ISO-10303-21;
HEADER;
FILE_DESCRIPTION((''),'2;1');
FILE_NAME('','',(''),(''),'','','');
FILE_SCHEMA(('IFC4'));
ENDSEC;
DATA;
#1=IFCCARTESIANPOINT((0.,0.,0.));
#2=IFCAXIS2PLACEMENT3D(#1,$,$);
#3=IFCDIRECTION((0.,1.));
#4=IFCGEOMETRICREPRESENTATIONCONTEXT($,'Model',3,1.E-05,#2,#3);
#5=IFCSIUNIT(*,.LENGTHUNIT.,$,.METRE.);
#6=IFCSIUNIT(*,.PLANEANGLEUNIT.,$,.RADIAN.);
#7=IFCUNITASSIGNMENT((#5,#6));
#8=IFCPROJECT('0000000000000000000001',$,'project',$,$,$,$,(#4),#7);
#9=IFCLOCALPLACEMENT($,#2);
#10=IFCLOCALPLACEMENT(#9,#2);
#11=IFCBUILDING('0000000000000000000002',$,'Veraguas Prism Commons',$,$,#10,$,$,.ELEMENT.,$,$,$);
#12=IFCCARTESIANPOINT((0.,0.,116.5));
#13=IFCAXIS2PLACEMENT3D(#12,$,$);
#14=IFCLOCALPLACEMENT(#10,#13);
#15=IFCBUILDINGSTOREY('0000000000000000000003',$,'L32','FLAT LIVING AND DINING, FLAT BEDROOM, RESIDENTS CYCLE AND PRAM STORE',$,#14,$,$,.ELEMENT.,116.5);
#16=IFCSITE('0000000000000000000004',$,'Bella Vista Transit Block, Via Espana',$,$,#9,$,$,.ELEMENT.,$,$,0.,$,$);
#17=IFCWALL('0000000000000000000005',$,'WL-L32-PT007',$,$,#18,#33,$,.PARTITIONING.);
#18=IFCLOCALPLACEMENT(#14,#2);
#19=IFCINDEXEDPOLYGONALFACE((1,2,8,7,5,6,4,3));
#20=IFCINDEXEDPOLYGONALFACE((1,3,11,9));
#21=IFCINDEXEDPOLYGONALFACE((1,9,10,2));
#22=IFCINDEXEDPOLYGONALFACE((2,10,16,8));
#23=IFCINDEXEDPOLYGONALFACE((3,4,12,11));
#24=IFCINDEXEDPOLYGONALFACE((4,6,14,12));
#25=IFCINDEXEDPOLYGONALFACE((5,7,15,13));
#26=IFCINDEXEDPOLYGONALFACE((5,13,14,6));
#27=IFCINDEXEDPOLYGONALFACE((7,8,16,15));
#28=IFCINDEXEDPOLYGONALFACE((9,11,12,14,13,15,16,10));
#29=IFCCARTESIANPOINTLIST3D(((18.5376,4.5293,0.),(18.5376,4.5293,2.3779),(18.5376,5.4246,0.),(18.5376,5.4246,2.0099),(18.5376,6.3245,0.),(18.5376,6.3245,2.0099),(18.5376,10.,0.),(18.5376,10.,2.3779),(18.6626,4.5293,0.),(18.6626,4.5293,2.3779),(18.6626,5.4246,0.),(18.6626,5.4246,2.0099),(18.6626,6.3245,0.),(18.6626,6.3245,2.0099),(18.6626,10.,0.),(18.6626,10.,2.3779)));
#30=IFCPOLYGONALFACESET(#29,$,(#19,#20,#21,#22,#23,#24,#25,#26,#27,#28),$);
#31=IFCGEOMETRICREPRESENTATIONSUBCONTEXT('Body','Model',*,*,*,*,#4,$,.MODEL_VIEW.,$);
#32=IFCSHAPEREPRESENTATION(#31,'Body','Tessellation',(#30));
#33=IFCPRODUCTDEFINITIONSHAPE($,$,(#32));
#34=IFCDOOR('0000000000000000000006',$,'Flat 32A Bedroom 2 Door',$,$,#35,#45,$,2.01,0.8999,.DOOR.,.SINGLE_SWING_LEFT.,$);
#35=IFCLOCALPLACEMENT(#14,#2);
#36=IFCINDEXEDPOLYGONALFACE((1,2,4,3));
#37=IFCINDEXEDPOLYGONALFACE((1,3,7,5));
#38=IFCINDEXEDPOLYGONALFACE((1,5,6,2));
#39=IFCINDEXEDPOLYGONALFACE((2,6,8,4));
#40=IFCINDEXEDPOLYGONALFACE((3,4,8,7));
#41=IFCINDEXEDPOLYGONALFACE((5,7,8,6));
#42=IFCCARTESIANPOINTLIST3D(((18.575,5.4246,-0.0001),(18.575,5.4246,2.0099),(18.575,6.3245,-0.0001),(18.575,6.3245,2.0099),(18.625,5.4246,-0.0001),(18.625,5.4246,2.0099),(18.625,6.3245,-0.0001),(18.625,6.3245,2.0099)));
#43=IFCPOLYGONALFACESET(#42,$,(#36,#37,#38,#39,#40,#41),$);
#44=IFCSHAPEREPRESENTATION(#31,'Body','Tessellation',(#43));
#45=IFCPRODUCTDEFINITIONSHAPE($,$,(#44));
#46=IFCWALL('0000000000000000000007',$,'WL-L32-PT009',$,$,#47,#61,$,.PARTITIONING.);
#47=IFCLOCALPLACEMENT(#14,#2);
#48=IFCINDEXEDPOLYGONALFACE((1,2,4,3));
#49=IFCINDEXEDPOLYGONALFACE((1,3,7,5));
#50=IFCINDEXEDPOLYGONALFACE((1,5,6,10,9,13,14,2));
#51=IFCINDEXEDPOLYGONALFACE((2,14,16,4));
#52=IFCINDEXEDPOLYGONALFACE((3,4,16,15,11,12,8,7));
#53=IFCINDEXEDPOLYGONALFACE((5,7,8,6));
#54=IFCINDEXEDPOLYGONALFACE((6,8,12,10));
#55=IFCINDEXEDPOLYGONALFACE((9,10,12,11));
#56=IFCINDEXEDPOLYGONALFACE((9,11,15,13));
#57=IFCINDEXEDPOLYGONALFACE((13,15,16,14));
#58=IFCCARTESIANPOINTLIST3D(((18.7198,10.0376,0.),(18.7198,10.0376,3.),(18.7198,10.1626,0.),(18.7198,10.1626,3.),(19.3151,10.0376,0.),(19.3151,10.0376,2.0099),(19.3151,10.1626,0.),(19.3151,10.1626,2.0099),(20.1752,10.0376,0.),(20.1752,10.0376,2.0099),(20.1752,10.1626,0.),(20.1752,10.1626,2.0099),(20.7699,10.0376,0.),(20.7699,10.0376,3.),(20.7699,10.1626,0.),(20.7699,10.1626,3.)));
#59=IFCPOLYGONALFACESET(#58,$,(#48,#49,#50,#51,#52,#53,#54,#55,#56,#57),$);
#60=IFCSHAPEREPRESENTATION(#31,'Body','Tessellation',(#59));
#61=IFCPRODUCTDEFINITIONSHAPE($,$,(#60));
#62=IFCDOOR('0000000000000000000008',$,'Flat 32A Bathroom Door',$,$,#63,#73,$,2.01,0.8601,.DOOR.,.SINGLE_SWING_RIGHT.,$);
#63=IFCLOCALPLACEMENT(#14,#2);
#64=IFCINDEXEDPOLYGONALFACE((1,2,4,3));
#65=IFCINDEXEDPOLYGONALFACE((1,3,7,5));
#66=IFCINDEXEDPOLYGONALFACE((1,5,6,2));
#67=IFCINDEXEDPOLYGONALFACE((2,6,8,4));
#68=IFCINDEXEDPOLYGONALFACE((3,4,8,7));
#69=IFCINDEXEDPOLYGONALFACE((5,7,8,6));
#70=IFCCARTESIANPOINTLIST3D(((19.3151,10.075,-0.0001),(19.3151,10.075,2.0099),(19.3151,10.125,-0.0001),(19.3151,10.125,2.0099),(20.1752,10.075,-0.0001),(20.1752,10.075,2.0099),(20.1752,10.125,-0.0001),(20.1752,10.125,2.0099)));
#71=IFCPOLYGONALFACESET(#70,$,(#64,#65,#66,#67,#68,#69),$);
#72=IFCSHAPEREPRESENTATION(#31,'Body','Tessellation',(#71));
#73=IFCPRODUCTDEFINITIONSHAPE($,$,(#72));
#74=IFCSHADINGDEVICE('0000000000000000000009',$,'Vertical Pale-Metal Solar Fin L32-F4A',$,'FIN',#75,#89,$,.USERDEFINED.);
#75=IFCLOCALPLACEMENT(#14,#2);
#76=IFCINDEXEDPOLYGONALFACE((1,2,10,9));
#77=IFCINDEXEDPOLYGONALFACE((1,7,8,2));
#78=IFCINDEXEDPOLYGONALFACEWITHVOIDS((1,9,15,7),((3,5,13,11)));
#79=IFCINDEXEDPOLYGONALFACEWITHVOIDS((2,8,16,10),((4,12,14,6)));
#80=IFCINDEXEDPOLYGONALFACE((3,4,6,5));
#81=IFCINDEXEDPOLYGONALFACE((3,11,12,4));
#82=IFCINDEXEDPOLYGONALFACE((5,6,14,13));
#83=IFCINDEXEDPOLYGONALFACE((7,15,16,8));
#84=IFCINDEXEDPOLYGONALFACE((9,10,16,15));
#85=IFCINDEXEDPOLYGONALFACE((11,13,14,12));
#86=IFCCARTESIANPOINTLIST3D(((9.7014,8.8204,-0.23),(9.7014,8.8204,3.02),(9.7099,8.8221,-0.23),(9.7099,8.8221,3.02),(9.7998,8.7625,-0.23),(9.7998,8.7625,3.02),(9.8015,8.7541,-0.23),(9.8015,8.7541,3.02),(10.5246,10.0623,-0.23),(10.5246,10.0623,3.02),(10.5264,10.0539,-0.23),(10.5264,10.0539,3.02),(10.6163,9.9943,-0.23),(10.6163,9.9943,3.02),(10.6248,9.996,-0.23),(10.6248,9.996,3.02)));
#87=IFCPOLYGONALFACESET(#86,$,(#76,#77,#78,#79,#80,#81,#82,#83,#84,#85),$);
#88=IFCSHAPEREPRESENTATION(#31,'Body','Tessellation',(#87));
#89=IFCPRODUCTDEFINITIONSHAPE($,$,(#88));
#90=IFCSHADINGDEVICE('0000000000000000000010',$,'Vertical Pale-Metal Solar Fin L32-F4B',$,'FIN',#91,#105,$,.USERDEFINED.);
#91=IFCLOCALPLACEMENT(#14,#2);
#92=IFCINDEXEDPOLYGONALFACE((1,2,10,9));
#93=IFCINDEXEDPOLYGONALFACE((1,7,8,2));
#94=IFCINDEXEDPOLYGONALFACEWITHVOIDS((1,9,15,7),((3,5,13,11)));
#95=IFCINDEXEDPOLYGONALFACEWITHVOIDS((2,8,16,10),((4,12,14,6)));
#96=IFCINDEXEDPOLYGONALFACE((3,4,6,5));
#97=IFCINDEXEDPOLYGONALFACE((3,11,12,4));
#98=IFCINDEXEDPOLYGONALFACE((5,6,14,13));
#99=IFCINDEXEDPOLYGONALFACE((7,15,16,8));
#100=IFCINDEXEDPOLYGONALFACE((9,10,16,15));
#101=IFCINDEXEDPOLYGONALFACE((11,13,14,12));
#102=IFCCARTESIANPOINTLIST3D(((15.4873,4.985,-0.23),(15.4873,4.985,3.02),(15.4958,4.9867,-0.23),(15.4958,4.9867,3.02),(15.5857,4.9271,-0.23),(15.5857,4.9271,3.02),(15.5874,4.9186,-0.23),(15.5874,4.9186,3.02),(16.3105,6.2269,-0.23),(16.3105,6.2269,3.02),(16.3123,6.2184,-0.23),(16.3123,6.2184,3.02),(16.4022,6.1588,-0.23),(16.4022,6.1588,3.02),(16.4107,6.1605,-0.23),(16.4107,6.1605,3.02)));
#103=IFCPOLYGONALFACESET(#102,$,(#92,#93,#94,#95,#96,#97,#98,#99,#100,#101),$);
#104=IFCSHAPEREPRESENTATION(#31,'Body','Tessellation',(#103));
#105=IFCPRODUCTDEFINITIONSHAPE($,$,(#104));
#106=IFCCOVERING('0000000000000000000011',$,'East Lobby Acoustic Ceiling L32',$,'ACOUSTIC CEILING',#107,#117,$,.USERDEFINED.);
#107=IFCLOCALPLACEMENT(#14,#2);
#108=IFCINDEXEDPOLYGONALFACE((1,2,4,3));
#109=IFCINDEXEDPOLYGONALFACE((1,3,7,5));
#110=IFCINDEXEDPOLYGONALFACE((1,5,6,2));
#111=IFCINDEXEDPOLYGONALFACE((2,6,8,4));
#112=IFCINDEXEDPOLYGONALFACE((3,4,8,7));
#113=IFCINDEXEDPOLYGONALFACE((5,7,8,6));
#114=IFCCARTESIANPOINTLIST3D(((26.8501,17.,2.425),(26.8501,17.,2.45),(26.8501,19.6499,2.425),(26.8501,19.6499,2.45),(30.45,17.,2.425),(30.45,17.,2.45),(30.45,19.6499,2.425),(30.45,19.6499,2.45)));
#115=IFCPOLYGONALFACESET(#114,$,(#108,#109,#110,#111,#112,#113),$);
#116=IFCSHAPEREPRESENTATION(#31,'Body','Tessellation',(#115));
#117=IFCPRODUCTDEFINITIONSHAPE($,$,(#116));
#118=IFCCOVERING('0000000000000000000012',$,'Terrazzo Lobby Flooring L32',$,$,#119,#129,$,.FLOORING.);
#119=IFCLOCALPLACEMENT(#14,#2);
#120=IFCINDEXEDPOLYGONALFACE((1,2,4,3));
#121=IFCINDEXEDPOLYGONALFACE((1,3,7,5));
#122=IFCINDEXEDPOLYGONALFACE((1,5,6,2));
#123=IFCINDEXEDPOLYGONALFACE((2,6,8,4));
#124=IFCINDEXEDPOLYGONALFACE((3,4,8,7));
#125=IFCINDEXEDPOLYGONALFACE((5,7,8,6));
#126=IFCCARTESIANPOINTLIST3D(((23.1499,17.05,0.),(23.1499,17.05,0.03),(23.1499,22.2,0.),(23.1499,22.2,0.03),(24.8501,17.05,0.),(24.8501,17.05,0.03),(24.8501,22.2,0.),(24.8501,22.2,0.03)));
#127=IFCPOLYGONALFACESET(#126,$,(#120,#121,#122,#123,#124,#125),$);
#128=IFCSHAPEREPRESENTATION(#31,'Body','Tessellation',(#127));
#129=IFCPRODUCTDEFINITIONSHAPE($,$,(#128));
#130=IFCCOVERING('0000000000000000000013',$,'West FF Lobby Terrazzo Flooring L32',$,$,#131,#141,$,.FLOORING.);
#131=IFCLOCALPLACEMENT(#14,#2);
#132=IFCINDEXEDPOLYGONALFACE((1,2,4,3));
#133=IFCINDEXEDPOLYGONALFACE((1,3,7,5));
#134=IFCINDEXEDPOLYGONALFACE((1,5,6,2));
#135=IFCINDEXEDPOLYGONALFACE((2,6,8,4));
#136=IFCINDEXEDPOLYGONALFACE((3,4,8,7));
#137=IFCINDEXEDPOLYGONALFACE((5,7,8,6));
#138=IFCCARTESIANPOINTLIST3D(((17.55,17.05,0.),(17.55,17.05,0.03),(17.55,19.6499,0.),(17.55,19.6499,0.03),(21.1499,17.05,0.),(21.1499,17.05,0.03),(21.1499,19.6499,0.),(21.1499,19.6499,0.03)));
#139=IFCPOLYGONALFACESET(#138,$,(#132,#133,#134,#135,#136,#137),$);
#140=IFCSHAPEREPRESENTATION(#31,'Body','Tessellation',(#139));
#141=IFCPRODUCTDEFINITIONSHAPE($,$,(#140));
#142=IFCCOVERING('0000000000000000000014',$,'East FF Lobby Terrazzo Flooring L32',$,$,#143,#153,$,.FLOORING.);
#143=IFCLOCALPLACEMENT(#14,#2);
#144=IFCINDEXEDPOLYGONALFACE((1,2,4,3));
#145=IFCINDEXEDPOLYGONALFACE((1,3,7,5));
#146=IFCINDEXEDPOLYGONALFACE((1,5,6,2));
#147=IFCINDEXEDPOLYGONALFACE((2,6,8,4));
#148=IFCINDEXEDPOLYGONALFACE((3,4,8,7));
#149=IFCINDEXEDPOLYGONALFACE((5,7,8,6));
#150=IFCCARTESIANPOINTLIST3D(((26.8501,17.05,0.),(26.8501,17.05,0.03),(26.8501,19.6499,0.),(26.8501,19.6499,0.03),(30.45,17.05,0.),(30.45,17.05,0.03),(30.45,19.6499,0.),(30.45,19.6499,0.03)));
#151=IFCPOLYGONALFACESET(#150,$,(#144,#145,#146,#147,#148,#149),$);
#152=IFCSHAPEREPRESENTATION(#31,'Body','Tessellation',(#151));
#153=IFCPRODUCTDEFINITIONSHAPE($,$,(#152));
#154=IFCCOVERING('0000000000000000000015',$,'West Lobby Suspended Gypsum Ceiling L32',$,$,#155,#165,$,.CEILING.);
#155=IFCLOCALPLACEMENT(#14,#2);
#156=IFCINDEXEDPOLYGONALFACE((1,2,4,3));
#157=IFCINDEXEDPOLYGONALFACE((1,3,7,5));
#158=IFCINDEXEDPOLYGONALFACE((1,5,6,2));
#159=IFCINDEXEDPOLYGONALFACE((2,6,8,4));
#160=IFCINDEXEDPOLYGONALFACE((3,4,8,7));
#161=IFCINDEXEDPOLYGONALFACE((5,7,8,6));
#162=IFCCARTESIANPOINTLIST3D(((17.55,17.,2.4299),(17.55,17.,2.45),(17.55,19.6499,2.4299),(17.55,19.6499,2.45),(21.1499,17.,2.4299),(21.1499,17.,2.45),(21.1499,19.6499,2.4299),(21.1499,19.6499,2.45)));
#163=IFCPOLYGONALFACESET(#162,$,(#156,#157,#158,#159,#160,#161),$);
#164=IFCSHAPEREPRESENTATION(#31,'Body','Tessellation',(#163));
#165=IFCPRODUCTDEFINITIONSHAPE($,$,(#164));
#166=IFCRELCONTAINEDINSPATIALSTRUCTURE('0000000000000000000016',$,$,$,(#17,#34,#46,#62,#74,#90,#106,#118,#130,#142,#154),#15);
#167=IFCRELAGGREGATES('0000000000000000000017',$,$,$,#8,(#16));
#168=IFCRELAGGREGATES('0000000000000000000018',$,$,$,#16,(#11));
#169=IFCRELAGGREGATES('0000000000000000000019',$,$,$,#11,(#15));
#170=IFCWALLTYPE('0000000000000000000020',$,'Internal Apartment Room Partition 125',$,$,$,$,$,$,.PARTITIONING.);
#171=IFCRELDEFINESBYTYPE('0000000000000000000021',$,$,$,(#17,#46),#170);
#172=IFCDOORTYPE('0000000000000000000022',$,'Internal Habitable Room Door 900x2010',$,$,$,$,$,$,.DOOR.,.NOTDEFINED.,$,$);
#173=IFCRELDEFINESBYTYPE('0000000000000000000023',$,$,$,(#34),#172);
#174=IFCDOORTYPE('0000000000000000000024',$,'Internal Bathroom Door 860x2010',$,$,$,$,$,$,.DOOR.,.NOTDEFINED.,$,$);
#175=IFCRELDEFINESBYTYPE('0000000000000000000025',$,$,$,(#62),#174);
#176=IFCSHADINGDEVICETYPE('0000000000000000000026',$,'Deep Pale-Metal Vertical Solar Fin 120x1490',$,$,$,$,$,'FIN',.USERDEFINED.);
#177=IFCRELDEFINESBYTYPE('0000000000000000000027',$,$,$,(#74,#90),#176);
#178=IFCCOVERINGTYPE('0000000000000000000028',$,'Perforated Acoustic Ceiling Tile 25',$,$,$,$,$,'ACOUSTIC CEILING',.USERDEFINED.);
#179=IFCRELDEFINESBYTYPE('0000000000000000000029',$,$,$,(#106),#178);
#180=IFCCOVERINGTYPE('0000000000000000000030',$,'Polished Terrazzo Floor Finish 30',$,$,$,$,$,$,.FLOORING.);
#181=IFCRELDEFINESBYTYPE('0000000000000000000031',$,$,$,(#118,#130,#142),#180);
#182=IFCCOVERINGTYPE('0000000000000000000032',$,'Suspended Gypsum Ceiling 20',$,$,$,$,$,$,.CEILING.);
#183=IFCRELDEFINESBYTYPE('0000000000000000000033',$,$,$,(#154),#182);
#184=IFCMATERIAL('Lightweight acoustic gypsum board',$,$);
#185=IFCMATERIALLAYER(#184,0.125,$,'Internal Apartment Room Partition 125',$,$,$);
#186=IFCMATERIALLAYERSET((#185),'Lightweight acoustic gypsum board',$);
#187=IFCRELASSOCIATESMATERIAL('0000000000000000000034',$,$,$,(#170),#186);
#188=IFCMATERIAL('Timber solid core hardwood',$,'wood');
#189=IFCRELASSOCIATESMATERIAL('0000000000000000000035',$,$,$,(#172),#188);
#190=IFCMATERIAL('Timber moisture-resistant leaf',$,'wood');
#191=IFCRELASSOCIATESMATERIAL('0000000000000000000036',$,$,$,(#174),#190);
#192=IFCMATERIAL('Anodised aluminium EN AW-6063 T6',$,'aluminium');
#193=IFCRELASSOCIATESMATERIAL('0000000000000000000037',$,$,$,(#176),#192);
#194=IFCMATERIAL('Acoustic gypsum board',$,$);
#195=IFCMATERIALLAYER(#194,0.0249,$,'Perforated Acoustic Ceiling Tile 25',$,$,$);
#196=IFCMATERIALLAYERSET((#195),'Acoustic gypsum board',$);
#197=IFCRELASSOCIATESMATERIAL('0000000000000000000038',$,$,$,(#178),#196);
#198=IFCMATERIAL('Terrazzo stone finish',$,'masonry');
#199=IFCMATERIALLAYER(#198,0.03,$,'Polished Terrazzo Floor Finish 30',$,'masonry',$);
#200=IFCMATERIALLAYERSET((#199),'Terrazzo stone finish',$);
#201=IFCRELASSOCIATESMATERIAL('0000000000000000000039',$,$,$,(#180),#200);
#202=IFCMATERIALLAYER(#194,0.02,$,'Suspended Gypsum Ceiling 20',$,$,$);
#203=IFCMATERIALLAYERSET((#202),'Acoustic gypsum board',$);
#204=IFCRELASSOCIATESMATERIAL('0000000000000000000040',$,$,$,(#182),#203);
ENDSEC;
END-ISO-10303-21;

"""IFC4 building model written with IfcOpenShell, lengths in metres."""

from ifc_helpers import new_model, si_unit, direction, frame, frame_2d, origin, origin_2d, place, context, subcontext, project, spatial, polyline, rectangle, hollow_rectangle, outline, extrude, source, transform, mapped, material, layer, layer_set, material_profile, profile_set, type_object, element, fill, save


model = new_model("IFC4")

# Units and contexts
model_context = context("Model", 3, precision=1e-05, world=origin(), true_north=direction((0.0, 1.0)))
body_context = subcontext(model_context, "Body", "Model", "MODEL_VIEW")
ifc_project = project(units=[si_unit("LENGTHUNIT", "METRE"), si_unit("PLANEANGLEUNIT", "RADIAN")], contexts=[model_context])

# Site, building, storey
site_placement = place(None, origin())
site = spatial("IfcSite", under=ifc_project, at=site_placement, Name="Bella Vista Transit Block, Via Espana", CompositionType="ELEMENT", RefElevation=0.0)
building_placement = place(site_placement, origin())
building = spatial("IfcBuilding", under=site, at=building_placement, Name="Veraguas Prism Commons", CompositionType="ELEMENT")
storey_placement = place(building_placement, frame((0.0, 0.0, 116.5)))
storey = spatial("IfcBuildingStorey", under=building, at=storey_placement, Name="L32", Description="FLAT LIVING AND DINING, FLAT BEDROOM, RESIDENTS CYCLE AND PRAM STORE", CompositionType="ELEMENT", Elevation=116.5)

# Shared definitions
ifc_material_1 = material(Name="Anodised aluminium EN AW-6063 T6", Category="aluminium")

# Walls, openings, doors
ifc_material_2 = material(Name="Lightweight acoustic gypsum board")
ifc_layer_1 = layer(ifc_material_2, 0.125, Name="Internal Apartment Room Partition 125")
ifc_layer_set_1 = layer_set([ifc_layer_1], Name="Lightweight acoustic gypsum board")
wall_type_1 = type_object("IfcWallType", Name="Internal Apartment Room Partition 125", PredefinedType="PARTITIONING", material=ifc_layer_set_1)
wall_1_placement = place(storey_placement, frame((18.6001, 10.0, 0.0), z_axis=(0.0, 0.0, 1.0), x_axis=(0.0, -1.0, 0.0)))
wall_1 = element("IfcWall", 1, at=wall_1_placement, inside=storey, type_object=wall_type_1, Name="WL-L32-PT007", PredefinedType="PARTITIONING", context=body_context, shape_type="SweptSolid", body=[
    extrude(rectangle(XDim=5.4707, YDim=0.125, at=frame_2d((2.7354, 0.0))), origin(), (0.0, 0.0, 1.0), 2.3779),
])
opening_1_placement = place(wall_1_placement, frame((3.6755, 0.0, 0.0)))
opening_1 = element("IfcOpeningElement", 2, at=opening_1_placement, cuts=wall_1, PredefinedType="OPENING", context=body_context, shape_type="SweptSolid", body=[
    extrude(rectangle(XDim=0.8999, YDim=2.01, at=frame_2d((0.45, 1.0049))), frame((0.0, 0.0725, 0.0), z_axis=(0.0, -1.0, 0.0), x_axis=(1.0, 0.0, 0.0)), (0.0, 0.0, 1.0), 0.145),
])
ifc_material_3 = material(Name="Timber solid core hardwood", Category="wood")
door_type_1 = type_object("IfcDoorType", Name="Internal Habitable Room Door 900x2010", OperationType="NOTDEFINED", PredefinedType="DOOR", material=ifc_material_3)
shared_shape_1 = source(origin(), body_context, "Body", "SweptSolid", [
    extrude(rectangle(XDim=0.8999, YDim=2.01, at=frame_2d((0.45, 1.0049))), frame((0.0, 0.0249, 0.0), z_axis=(0.0, -1.0, 0.0), x_axis=(1.0, 0.0, 0.0)), (0.0, 0.0, 1.0), 0.05),
])
door_1_placement = place(opening_1_placement, origin())
door_1 = element("IfcDoor", 3, at=door_1_placement, inside=storey, type_object=door_type_1, Name="Flat 32A Bedroom 2 Door", OperationType="SINGLE_SWING_LEFT", OverallHeight=2.01, OverallWidth=0.8999, PredefinedType="DOOR", context=body_context, shape_type="MappedRepresentation", body=[
    mapped(shared_shape_1, transform((0.0, 0.0, 0.0), scale=1.0)),
])
fill(opening_1, door_1)
wall_2_placement = place(storey_placement, frame((18.72, 10.1001, 0.0), z_axis=(0.0, 0.0, 1.0), x_axis=(1.0, 0.0, 0.0)))
wall_2 = element("IfcWall", 4, at=wall_2_placement, inside=storey, type_object=wall_type_1, Name="WL-L32-PT009", PredefinedType="PARTITIONING", context=body_context, shape_type="SweptSolid", body=[
    extrude(rectangle(XDim=2.05, YDim=0.125, at=frame_2d((1.0249, 0.0))), origin(), (0.0, 0.0, 1.0), 3.0),
])
opening_2_placement = place(wall_2_placement, frame((0.595, 0.0, 0.0)))
opening_2 = element("IfcOpeningElement", 5, at=opening_2_placement, cuts=wall_2, PredefinedType="OPENING", context=body_context, shape_type="SweptSolid", body=[
    extrude(rectangle(XDim=0.8601, YDim=2.01, at=frame_2d((0.4302, 1.0049))), frame((0.0, 0.0725, 0.0), z_axis=(0.0, -1.0, 0.0), x_axis=(1.0, 0.0, 0.0)), (0.0, 0.0, 1.0), 0.145),
])
ifc_material_4 = material(Name="Timber moisture-resistant leaf", Category="wood")
door_type_2 = type_object("IfcDoorType", Name="Internal Bathroom Door 860x2010", OperationType="NOTDEFINED", PredefinedType="DOOR", material=ifc_material_4)
shared_shape_2 = source(origin(), body_context, "Body", "SweptSolid", [
    extrude(rectangle(XDim=0.8601, YDim=2.01, at=frame_2d((0.4302, 1.0049))), frame((0.0, 0.0249, 0.0), z_axis=(0.0, -1.0, 0.0), x_axis=(1.0, 0.0, 0.0)), (0.0, 0.0, 1.0), 0.05),
])
door_2_placement = place(opening_2_placement, origin())
door_2 = element("IfcDoor", 6, at=door_2_placement, inside=storey, type_object=door_type_2, Name="Flat 32A Bathroom Door", OperationType="SINGLE_SWING_RIGHT", OverallHeight=2.01, OverallWidth=0.8601, PredefinedType="DOOR", context=body_context, shape_type="MappedRepresentation", body=[
    mapped(shared_shape_2, transform((0.0, 0.0, 0.0), scale=1.0)),
])
fill(opening_2, door_2)

# Shading devices
ifc_material_profile_1 = material_profile(ifc_material_1, hollow_rectangle(XDim=0.1201, YDim=1.49, WallThickness=0.0061, at=origin_2d()), Name="FIN120X1490X6")
ifc_profile_set_1 = profile_set([ifc_material_profile_1], Name="Anodised aluminium EN AW-6063 T6")
shading_device_type = type_object("IfcShadingDeviceType", Name="Deep Pale-Metal Vertical Solar Fin 120x1490", ElementType="FIN", PredefinedType="USERDEFINED", material=ifc_profile_set_1)
for number, where, z_axis, x_axis, name in (
    (7, (10.1631, 9.4082, -0.23), (0.0, 0.0, 1.0), (0.833501, -0.552518, 0.0), "Vertical Pale-Metal Solar Fin L32-F4A"),
    (8, (15.949, 5.5728, -0.23), (0.0, 0.0, 1.0), (0.833501, -0.552518, 0.0), "Vertical Pale-Metal Solar Fin L32-F4B"),
):
    element("IfcShadingDevice", number, at=place(storey_placement, frame(where, z_axis=z_axis, x_axis=x_axis)), inside=storey, type_object=shading_device_type, Name=name, ObjectType="FIN", PredefinedType="USERDEFINED", context=body_context, shape_type="SweptSolid", body=[
        extrude(hollow_rectangle(XDim=0.1201, YDim=1.49, WallThickness=0.0061, at=origin_2d()), origin(), (0.0, 0.0, 1.0), 3.25),
    ])

# Coverings
ifc_material_5 = material(Name="Acoustic gypsum board")
ifc_layer_2 = layer(ifc_material_5, 0.0249, Name="Perforated Acoustic Ceiling Tile 25")
ifc_layer_set_2 = layer_set([ifc_layer_2], Name="Acoustic gypsum board")
covering_type_1 = type_object("IfcCoveringType", Name="Perforated Acoustic Ceiling Tile 25", ElementType="ACOUSTIC CEILING", PredefinedType="USERDEFINED", material=ifc_layer_set_2)
covering_1_placement = place(storey_placement, frame((0.0, 0.0, 2.425)))
element("IfcCovering", 9, at=covering_1_placement, inside=storey, type_object=covering_type_1, Name="East Lobby Acoustic Ceiling L32", ObjectType="ACOUSTIC CEILING", PredefinedType="USERDEFINED", context=body_context, shape_type="SweptSolid", body=[
    extrude(outline(polyline([(26.8501, 17.0), (30.45, 17.0), (30.45, 19.6499), (26.8501, 19.6499), (26.8501, 17.0)])), origin(), (0.0, 0.0, 1.0), 0.0249),
])
ifc_material_6 = material(Name="Terrazzo stone finish", Category="masonry")
ifc_layer_3 = layer(ifc_material_6, 0.03, Name="Polished Terrazzo Floor Finish 30", Category="masonry")
ifc_layer_set_3 = layer_set([ifc_layer_3], Name="Terrazzo stone finish")
covering_type_2 = type_object("IfcCoveringType", Name="Polished Terrazzo Floor Finish 30", PredefinedType="FLOORING", material=ifc_layer_set_3)
covering_2_placement = place(storey_placement, origin())
element("IfcCovering", 10, at=covering_2_placement, inside=storey, type_object=covering_type_2, Name="Terrazzo Lobby Flooring L32", PredefinedType="FLOORING", context=body_context, shape_type="SweptSolid", body=[
    extrude(outline(polyline([(23.1499, 17.05), (24.8501, 17.05), (24.8501, 22.2), (23.1499, 22.2), (23.1499, 17.05)])), origin(), (0.0, 0.0, 1.0), 0.03),
])
covering_3_placement = place(storey_placement, origin())
element("IfcCovering", 11, at=covering_3_placement, inside=storey, type_object=covering_type_2, Name="West FF Lobby Terrazzo Flooring L32", PredefinedType="FLOORING", context=body_context, shape_type="SweptSolid", body=[
    extrude(outline(polyline([(17.55, 17.05), (21.1499, 17.05), (21.1499, 19.6499), (17.55, 19.6499), (17.55, 17.05)])), origin(), (0.0, 0.0, 1.0), 0.03),
])
covering_4_placement = place(storey_placement, origin())
element("IfcCovering", 12, at=covering_4_placement, inside=storey, type_object=covering_type_2, Name="East FF Lobby Terrazzo Flooring L32", PredefinedType="FLOORING", context=body_context, shape_type="SweptSolid", body=[
    extrude(outline(polyline([(26.8501, 17.05), (30.45, 17.05), (30.45, 19.6499), (26.8501, 19.6499), (26.8501, 17.05)])), origin(), (0.0, 0.0, 1.0), 0.03),
])
ifc_layer_4 = layer(ifc_material_5, 0.02, Name="Suspended Gypsum Ceiling 20")
ifc_layer_set_4 = layer_set([ifc_layer_4], Name="Acoustic gypsum board")
covering_type_3 = type_object("IfcCoveringType", Name="Suspended Gypsum Ceiling 20", PredefinedType="CEILING", material=ifc_layer_set_4)
covering_5_placement = place(storey_placement, frame((0.0, 0.0, 2.4299)))
element("IfcCovering", 13, at=covering_5_placement, inside=storey, type_object=covering_type_3, Name="West Lobby Suspended Gypsum Ceiling L32", PredefinedType="CEILING", context=body_context, shape_type="SweptSolid", body=[
    extrude(outline(polyline([(17.55, 17.0), (21.1499, 17.0), (21.1499, 19.6499), (17.55, 19.6499), (17.55, 17.0)])), origin(), (0.0, 0.0, 1.0), 0.02),
])

save(model, "model.ifc")
